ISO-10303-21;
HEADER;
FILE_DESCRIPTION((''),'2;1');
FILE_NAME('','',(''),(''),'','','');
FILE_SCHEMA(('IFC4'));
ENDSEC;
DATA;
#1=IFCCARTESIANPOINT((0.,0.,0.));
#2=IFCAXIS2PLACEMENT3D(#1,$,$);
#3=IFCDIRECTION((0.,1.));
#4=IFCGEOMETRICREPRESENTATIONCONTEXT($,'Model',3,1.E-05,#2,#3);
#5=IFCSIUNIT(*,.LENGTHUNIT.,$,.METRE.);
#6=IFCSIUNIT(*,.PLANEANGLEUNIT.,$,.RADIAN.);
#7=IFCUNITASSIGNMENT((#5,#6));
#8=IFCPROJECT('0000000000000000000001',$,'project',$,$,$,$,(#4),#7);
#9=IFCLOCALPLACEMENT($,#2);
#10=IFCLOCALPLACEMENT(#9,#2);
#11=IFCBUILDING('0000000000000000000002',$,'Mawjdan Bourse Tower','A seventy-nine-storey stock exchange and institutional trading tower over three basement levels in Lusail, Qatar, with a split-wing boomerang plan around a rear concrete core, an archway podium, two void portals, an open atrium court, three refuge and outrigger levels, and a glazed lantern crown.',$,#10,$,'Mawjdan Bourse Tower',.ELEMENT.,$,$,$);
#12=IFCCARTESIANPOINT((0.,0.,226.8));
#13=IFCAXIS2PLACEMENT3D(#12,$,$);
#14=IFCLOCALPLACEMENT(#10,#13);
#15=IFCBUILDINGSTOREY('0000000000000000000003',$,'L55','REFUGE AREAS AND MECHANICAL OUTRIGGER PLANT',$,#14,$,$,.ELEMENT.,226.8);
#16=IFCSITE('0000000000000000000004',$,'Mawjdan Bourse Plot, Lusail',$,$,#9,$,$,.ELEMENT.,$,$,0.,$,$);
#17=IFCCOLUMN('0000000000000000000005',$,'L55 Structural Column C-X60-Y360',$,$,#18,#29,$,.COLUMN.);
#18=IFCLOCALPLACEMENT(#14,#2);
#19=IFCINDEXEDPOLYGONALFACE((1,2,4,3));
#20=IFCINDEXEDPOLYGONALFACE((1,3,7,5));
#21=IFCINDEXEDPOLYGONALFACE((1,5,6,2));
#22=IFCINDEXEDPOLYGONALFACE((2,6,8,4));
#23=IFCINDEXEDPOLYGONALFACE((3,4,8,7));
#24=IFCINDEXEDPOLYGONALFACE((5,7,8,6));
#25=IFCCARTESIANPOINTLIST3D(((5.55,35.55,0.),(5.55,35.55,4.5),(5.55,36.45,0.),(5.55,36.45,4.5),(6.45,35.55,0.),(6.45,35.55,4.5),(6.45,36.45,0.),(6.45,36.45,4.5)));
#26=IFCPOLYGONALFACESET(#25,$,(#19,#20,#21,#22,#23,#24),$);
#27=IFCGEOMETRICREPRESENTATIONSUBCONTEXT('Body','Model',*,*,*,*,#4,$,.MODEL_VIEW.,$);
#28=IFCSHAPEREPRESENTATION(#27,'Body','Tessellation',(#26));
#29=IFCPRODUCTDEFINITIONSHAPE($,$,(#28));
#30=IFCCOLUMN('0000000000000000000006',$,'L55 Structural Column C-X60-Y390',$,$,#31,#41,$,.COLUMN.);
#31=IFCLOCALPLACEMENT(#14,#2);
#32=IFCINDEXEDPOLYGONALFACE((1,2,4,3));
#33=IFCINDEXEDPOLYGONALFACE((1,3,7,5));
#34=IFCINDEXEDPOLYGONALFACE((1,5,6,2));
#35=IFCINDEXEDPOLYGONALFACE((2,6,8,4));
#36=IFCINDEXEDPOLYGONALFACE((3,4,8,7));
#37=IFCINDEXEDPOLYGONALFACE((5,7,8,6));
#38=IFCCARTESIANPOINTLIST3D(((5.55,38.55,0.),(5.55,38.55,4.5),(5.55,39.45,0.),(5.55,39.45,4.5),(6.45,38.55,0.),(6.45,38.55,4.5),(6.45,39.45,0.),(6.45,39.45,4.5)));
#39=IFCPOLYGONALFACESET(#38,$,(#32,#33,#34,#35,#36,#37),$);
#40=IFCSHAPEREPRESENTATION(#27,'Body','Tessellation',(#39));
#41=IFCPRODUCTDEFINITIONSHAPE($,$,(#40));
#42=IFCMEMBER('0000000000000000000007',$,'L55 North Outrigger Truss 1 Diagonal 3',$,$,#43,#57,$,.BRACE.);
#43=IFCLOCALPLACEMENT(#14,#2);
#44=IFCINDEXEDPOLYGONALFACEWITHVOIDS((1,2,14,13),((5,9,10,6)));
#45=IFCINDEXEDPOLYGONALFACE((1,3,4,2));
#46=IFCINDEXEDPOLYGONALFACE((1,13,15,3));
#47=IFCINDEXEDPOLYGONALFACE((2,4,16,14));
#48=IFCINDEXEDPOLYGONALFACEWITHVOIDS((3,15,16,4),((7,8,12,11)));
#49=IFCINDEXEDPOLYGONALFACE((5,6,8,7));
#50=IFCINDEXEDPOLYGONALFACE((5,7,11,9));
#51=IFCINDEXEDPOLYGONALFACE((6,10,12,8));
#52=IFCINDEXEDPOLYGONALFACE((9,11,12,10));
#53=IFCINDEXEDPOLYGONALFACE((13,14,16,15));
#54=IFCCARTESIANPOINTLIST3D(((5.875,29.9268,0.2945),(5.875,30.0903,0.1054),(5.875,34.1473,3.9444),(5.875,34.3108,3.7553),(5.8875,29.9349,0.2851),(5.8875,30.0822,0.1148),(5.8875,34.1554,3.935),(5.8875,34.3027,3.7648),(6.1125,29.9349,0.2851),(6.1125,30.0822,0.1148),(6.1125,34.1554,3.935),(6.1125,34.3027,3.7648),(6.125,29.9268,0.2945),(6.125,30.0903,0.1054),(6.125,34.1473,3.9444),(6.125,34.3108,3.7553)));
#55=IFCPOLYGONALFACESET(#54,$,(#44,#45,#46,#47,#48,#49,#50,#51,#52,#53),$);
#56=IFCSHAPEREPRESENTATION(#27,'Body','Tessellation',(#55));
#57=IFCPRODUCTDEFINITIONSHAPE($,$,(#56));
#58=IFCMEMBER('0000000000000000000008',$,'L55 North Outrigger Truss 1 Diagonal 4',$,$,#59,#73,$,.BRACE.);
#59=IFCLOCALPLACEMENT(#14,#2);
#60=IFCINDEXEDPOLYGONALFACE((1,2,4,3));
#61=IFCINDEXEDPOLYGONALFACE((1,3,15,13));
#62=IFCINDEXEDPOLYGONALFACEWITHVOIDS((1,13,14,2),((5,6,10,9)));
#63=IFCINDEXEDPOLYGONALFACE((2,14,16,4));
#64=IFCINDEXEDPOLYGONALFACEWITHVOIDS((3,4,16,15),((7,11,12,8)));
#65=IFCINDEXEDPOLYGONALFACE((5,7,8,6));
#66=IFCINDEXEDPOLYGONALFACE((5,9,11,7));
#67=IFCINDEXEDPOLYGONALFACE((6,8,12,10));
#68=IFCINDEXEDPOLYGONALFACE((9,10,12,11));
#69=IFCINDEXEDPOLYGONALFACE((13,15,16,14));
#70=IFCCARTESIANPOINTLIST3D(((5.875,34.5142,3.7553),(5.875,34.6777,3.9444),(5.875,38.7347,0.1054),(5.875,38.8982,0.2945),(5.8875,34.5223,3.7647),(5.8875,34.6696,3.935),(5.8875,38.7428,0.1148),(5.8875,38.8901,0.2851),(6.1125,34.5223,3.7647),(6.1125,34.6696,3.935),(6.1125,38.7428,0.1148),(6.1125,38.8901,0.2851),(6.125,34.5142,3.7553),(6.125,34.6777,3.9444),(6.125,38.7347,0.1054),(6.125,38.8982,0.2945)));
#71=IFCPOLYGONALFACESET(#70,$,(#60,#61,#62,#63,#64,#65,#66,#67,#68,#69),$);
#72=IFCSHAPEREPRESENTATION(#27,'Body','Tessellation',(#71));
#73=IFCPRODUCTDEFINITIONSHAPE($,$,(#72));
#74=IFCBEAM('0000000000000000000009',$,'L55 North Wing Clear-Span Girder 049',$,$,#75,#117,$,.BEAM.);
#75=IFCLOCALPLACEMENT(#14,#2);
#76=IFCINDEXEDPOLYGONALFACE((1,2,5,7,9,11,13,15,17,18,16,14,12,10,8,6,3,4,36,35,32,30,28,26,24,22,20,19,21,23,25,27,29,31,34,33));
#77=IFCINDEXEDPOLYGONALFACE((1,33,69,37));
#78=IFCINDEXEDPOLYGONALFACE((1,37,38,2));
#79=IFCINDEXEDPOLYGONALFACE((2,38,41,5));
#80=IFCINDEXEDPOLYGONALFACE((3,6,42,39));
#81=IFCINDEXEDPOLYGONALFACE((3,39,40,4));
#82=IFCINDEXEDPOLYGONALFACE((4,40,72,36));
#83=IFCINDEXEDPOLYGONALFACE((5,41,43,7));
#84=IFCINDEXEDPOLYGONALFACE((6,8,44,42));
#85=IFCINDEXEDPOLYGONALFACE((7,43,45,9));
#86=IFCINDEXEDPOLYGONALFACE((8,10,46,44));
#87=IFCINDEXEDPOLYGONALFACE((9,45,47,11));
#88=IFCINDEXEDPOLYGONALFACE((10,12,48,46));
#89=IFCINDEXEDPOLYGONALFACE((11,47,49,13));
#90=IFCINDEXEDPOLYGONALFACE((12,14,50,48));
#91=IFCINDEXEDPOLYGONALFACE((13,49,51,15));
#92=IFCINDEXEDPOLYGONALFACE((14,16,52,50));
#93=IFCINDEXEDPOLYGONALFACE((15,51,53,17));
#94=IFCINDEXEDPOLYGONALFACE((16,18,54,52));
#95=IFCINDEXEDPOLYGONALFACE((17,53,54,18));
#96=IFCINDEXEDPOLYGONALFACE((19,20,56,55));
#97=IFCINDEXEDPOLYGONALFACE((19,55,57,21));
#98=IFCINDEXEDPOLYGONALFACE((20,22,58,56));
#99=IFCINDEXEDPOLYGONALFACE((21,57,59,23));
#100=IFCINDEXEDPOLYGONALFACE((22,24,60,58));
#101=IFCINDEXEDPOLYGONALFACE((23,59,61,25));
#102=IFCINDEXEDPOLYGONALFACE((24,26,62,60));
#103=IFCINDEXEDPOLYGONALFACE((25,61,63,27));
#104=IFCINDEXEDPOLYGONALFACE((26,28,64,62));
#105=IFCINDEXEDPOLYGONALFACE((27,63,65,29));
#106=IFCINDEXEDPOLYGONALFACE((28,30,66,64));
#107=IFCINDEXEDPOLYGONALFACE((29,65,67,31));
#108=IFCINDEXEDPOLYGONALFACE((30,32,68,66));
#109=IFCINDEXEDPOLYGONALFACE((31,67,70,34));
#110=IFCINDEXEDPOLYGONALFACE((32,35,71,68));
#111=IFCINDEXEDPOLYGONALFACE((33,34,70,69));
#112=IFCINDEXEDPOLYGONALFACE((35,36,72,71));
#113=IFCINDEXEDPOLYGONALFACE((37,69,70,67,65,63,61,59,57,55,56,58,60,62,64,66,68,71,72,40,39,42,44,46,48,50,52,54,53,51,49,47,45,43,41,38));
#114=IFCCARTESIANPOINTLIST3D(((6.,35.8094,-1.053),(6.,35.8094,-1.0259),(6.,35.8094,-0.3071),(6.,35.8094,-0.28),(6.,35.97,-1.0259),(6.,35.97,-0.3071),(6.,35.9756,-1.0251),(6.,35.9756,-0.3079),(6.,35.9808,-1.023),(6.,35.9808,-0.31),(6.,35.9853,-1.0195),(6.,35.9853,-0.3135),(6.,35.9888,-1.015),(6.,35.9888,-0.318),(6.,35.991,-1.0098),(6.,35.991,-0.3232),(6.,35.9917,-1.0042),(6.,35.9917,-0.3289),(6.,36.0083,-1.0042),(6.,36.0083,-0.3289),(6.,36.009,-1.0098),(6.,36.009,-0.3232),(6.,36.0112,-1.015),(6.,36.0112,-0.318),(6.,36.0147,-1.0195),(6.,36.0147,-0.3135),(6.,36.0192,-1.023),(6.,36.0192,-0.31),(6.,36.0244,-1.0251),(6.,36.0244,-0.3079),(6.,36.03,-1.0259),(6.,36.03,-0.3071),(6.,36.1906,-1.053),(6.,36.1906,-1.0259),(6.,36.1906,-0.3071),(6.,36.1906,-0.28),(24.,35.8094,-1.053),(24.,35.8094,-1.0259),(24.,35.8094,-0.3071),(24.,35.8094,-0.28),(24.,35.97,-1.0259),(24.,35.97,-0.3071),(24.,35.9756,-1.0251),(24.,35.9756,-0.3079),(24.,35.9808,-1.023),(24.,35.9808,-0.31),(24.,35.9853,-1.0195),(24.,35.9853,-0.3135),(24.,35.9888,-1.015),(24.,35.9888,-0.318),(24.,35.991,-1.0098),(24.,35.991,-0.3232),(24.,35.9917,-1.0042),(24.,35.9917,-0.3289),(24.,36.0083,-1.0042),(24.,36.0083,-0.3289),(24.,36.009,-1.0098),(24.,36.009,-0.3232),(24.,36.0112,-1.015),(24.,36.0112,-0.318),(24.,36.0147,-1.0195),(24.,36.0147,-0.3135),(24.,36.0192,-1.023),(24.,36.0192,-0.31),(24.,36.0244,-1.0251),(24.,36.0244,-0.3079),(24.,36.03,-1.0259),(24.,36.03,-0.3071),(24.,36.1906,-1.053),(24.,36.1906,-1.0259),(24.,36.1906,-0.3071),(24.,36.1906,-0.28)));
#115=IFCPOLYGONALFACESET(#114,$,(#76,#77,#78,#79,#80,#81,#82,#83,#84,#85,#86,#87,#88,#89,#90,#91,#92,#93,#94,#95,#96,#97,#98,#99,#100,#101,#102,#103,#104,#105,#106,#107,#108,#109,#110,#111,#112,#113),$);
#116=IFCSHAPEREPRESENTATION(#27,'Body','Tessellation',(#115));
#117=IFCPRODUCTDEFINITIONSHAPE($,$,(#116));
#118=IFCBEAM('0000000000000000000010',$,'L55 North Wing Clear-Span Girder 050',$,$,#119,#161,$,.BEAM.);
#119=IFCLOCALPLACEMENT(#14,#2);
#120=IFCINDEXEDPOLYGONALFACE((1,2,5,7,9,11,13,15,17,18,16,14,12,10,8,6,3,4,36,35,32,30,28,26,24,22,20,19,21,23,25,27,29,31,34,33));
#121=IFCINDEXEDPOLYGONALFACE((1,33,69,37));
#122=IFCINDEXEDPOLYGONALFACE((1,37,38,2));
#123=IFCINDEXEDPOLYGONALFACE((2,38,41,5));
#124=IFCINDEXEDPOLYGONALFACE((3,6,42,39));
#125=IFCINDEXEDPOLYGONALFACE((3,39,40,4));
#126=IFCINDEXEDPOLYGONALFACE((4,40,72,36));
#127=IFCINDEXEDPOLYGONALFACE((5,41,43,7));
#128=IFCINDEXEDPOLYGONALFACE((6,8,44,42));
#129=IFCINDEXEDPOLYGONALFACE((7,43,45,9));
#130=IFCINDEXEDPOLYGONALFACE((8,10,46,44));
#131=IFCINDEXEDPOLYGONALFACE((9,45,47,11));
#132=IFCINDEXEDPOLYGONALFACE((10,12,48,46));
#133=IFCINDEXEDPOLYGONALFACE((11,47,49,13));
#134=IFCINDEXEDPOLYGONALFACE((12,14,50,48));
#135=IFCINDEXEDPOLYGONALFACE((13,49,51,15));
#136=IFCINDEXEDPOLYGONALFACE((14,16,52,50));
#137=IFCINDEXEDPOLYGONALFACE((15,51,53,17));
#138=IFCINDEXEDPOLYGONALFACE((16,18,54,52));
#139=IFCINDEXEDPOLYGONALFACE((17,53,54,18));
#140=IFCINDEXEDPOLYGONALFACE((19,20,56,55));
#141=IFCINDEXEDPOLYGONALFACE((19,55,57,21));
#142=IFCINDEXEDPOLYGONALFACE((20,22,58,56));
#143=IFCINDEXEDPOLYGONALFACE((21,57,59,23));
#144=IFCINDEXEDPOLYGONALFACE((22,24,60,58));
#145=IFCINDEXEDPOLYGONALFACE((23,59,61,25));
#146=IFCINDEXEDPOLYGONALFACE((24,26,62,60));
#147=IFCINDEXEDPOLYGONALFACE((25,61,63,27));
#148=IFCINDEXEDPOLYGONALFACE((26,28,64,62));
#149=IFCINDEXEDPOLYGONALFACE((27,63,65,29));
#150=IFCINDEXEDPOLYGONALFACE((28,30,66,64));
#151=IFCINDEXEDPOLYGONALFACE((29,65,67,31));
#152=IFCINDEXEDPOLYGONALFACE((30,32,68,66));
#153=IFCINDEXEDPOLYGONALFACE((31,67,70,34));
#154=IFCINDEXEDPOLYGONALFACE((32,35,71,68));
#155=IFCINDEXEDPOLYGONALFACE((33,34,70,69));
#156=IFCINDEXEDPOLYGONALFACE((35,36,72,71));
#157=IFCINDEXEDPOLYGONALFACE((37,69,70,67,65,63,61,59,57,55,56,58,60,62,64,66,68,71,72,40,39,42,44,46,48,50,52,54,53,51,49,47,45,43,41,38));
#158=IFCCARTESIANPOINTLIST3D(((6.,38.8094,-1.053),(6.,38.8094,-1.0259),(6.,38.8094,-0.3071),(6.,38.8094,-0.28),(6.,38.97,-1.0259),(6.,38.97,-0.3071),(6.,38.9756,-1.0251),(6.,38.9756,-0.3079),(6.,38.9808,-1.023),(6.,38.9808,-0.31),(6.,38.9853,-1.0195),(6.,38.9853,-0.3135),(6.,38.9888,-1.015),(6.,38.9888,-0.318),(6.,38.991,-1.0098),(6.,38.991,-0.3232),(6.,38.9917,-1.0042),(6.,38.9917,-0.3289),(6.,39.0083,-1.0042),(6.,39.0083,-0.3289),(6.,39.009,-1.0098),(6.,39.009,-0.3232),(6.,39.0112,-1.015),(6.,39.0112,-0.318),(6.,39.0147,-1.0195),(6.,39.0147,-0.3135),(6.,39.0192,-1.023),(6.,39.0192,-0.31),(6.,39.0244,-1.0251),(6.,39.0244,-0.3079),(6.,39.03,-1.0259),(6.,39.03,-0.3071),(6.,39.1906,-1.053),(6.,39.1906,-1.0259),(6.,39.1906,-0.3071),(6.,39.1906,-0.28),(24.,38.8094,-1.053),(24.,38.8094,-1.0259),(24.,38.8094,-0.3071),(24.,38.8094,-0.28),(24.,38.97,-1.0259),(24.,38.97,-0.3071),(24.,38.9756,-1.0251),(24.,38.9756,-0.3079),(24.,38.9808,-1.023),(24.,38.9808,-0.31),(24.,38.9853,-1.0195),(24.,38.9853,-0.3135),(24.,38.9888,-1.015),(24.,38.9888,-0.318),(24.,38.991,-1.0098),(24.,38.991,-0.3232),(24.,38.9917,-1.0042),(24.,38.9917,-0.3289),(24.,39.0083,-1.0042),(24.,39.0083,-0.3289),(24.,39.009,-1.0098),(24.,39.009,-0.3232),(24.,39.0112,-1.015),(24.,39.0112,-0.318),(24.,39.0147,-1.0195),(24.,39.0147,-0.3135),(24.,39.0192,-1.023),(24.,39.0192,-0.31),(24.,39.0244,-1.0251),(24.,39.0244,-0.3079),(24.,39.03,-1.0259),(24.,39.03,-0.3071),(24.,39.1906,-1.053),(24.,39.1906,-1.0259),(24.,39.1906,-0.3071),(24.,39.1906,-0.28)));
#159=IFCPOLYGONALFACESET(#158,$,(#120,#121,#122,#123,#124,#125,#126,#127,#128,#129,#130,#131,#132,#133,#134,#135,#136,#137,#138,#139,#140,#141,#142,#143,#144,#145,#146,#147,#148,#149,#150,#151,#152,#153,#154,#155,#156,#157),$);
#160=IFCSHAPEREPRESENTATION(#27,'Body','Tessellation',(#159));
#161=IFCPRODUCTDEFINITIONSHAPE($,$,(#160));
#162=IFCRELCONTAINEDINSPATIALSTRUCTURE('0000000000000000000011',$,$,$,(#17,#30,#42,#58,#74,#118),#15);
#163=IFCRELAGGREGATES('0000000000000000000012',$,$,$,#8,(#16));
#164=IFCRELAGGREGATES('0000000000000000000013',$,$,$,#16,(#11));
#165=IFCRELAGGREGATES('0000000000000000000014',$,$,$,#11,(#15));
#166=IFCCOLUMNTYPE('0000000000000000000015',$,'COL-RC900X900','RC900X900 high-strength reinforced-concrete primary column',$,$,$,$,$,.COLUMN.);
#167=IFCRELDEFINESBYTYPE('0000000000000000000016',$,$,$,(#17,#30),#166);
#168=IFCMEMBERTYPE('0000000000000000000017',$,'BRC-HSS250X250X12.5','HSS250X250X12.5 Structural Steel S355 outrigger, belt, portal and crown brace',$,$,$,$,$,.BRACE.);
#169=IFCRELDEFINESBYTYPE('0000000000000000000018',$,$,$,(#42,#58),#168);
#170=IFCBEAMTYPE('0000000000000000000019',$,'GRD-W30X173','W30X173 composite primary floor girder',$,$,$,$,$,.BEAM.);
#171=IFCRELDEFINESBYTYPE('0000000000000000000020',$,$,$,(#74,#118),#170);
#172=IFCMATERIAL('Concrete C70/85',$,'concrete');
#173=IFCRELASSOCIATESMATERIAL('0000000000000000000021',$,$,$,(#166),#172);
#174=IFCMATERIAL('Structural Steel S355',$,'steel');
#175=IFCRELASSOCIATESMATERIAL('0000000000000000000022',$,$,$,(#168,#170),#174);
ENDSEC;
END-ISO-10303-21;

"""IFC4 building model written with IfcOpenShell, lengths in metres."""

from ifc_helpers import new_model, si_unit, direction, frame, origin, origin_2d, place, context, subcontext, project, spatial, rectangle, hollow_rectangle, i_section, extrude, material, material_profile, profile_set, type_object, element, save


model = new_model("IFC4")

# Units and contexts
model_context = context("Model", 3, precision=1e-05, world=origin(), true_north=direction((0.0, 1.0)))
body_context = subcontext(model_context, "Body", "Model", "MODEL_VIEW")
ifc_project = project(units=[si_unit("LENGTHUNIT", "METRE"), si_unit("PLANEANGLEUNIT", "RADIAN")], contexts=[model_context])

# Site, building, storey
site_placement = place(None, origin())
site = spatial("IfcSite", under=ifc_project, at=site_placement, Name="Mawjdan Bourse Plot, Lusail", CompositionType="ELEMENT", RefElevation=0.0)
building_placement = place(site_placement, origin())
building = spatial("IfcBuilding", under=site, at=building_placement, Name="Mawjdan Bourse Tower", Description="A seventy-nine-storey stock exchange and institutional trading tower over three basement levels in Lusail, Qatar, with a split-wing boomerang plan around a rear concrete core, an archway podium, two void portals, an open atrium court, three refuge and outrigger levels, and a glazed lantern crown.", LongName="Mawjdan Bourse Tower", CompositionType="ELEMENT")
storey_placement = place(building_placement, frame((0.0, 0.0, 226.8)))
storey = spatial("IfcBuildingStorey", under=building, at=storey_placement, Name="L55", Description="REFUGE AREAS AND MECHANICAL OUTRIGGER PLANT", CompositionType="ELEMENT", Elevation=226.8)

# Columns
ifc_material_1 = material(Name="Concrete C70/85", Category="concrete")
ifc_material_profile_1 = material_profile(ifc_material_1, rectangle(XDim=0.8999, YDim=0.8999, at=origin_2d()), Name="RC900X900")
ifc_profile_set_1 = profile_set([ifc_material_profile_1], Name="Concrete C70/85")
column_type = type_object("IfcColumnType", Name="COL-RC900X900", Description="RC900X900 high-strength reinforced-concrete primary column", PredefinedType="COLUMN", material=ifc_profile_set_1)
for number, where, z_axis, x_axis, name in (
    (1, (6.0, 36.0, 0.0), (0.0, 0.0, 1.0), (1.0, 0.0, 0.0), "L55 Structural Column C-X60-Y360"),
    (2, (6.0, 39.0, 0.0), (0.0, 0.0, 1.0), (1.0, 0.0, 0.0), "L55 Structural Column C-X60-Y390"),
):
    element("IfcColumn", number, at=place(storey_placement, frame(where, z_axis=z_axis, x_axis=x_axis)), inside=storey, type_object=column_type, Name=name, PredefinedType="COLUMN", context=body_context, shape_type="SweptSolid", body=[
        extrude(rectangle(XDim=0.8999, YDim=0.8999, at=origin_2d()), origin(), (0.0, 0.0, 1.0), 4.5),
    ])

# Members
ifc_material_2 = material(Name="Structural Steel S355", Category="steel")
ifc_material_profile_2 = material_profile(ifc_material_2, hollow_rectangle(XDim=0.25, YDim=0.25, WallThickness=0.0125, at=origin_2d()), Name="HSS250X250X12.5")
ifc_profile_set_2 = profile_set([ifc_material_profile_2], Name="Structural Steel S355")
member_type_1 = type_object("IfcMemberType", Name="BRC-HSS250X250X12.5", Description="HSS250X250X12.5 Structural Steel S355 outrigger, belt, portal and crown brace", PredefinedType="BRACE", material=ifc_profile_set_2)
for number, where, z_axis, x_axis, name in (
    (3, (6.0, 30.0085, 0.2), (0.0, 0.756383, 0.654129), (-1.0, 0.0, 0.0), "L55 North Outrigger Truss 1 Diagonal 3"),
    (4, (6.0, 34.5959, 3.8499), (0.0, 0.756383, -0.654129), (-1.0, 0.0, 0.0), "L55 North Outrigger Truss 1 Diagonal 4"),
):
    element("IfcMember", number, at=place(storey_placement, frame(where, z_axis=z_axis, x_axis=x_axis)), inside=storey, type_object=member_type_1, Name=name, PredefinedType="BRACE", context=body_context, shape_type="SweptSolid", body=[
        extrude(hollow_rectangle(XDim=0.25, YDim=0.25, WallThickness=0.0125, at=origin_2d()), origin(), (0.0, 0.0, 1.0), 5.5798),
    ])

# Beams
ifc_material_profile_3 = material_profile(ifc_material_2, i_section(OverallWidth=0.3811, OverallDepth=0.7729, WebThickness=0.0166, FlangeThickness=0.0271, FilletRadius=0.0217, at=origin_2d()), Name="W30X173")
ifc_profile_set_3 = profile_set([ifc_material_profile_3], Name="Structural Steel S355")
beam_type_1 = type_object("IfcBeamType", Name="GRD-W30X173", Description="W30X173 composite primary floor girder", PredefinedType="BEAM", material=ifc_profile_set_3)
for number, where, z_axis, x_axis, name in (
    (5, (6.0, 36.0, -0.6665), (1.0, 0.0, 0.0), (0.0, 1.0, 0.0), "L55 North Wing Clear-Span Girder 049"),
    (6, (6.0, 39.0, -0.6665), (1.0, 0.0, 0.0), (0.0, 1.0, 0.0), "L55 North Wing Clear-Span Girder 050"),
):
    element("IfcBeam", number, at=place(storey_placement, frame(where, z_axis=z_axis, x_axis=x_axis)), inside=storey, type_object=beam_type_1, Name=name, PredefinedType="BEAM", context=body_context, shape_type="SweptSolid", body=[
        extrude(i_section(OverallWidth=0.3811, OverallDepth=0.7729, WebThickness=0.0166, FlangeThickness=0.0271, FilletRadius=0.0217, at=origin_2d()), origin(), (0.0, 0.0, 1.0), 18.0),
    ])

save(model, "model.ifc")
